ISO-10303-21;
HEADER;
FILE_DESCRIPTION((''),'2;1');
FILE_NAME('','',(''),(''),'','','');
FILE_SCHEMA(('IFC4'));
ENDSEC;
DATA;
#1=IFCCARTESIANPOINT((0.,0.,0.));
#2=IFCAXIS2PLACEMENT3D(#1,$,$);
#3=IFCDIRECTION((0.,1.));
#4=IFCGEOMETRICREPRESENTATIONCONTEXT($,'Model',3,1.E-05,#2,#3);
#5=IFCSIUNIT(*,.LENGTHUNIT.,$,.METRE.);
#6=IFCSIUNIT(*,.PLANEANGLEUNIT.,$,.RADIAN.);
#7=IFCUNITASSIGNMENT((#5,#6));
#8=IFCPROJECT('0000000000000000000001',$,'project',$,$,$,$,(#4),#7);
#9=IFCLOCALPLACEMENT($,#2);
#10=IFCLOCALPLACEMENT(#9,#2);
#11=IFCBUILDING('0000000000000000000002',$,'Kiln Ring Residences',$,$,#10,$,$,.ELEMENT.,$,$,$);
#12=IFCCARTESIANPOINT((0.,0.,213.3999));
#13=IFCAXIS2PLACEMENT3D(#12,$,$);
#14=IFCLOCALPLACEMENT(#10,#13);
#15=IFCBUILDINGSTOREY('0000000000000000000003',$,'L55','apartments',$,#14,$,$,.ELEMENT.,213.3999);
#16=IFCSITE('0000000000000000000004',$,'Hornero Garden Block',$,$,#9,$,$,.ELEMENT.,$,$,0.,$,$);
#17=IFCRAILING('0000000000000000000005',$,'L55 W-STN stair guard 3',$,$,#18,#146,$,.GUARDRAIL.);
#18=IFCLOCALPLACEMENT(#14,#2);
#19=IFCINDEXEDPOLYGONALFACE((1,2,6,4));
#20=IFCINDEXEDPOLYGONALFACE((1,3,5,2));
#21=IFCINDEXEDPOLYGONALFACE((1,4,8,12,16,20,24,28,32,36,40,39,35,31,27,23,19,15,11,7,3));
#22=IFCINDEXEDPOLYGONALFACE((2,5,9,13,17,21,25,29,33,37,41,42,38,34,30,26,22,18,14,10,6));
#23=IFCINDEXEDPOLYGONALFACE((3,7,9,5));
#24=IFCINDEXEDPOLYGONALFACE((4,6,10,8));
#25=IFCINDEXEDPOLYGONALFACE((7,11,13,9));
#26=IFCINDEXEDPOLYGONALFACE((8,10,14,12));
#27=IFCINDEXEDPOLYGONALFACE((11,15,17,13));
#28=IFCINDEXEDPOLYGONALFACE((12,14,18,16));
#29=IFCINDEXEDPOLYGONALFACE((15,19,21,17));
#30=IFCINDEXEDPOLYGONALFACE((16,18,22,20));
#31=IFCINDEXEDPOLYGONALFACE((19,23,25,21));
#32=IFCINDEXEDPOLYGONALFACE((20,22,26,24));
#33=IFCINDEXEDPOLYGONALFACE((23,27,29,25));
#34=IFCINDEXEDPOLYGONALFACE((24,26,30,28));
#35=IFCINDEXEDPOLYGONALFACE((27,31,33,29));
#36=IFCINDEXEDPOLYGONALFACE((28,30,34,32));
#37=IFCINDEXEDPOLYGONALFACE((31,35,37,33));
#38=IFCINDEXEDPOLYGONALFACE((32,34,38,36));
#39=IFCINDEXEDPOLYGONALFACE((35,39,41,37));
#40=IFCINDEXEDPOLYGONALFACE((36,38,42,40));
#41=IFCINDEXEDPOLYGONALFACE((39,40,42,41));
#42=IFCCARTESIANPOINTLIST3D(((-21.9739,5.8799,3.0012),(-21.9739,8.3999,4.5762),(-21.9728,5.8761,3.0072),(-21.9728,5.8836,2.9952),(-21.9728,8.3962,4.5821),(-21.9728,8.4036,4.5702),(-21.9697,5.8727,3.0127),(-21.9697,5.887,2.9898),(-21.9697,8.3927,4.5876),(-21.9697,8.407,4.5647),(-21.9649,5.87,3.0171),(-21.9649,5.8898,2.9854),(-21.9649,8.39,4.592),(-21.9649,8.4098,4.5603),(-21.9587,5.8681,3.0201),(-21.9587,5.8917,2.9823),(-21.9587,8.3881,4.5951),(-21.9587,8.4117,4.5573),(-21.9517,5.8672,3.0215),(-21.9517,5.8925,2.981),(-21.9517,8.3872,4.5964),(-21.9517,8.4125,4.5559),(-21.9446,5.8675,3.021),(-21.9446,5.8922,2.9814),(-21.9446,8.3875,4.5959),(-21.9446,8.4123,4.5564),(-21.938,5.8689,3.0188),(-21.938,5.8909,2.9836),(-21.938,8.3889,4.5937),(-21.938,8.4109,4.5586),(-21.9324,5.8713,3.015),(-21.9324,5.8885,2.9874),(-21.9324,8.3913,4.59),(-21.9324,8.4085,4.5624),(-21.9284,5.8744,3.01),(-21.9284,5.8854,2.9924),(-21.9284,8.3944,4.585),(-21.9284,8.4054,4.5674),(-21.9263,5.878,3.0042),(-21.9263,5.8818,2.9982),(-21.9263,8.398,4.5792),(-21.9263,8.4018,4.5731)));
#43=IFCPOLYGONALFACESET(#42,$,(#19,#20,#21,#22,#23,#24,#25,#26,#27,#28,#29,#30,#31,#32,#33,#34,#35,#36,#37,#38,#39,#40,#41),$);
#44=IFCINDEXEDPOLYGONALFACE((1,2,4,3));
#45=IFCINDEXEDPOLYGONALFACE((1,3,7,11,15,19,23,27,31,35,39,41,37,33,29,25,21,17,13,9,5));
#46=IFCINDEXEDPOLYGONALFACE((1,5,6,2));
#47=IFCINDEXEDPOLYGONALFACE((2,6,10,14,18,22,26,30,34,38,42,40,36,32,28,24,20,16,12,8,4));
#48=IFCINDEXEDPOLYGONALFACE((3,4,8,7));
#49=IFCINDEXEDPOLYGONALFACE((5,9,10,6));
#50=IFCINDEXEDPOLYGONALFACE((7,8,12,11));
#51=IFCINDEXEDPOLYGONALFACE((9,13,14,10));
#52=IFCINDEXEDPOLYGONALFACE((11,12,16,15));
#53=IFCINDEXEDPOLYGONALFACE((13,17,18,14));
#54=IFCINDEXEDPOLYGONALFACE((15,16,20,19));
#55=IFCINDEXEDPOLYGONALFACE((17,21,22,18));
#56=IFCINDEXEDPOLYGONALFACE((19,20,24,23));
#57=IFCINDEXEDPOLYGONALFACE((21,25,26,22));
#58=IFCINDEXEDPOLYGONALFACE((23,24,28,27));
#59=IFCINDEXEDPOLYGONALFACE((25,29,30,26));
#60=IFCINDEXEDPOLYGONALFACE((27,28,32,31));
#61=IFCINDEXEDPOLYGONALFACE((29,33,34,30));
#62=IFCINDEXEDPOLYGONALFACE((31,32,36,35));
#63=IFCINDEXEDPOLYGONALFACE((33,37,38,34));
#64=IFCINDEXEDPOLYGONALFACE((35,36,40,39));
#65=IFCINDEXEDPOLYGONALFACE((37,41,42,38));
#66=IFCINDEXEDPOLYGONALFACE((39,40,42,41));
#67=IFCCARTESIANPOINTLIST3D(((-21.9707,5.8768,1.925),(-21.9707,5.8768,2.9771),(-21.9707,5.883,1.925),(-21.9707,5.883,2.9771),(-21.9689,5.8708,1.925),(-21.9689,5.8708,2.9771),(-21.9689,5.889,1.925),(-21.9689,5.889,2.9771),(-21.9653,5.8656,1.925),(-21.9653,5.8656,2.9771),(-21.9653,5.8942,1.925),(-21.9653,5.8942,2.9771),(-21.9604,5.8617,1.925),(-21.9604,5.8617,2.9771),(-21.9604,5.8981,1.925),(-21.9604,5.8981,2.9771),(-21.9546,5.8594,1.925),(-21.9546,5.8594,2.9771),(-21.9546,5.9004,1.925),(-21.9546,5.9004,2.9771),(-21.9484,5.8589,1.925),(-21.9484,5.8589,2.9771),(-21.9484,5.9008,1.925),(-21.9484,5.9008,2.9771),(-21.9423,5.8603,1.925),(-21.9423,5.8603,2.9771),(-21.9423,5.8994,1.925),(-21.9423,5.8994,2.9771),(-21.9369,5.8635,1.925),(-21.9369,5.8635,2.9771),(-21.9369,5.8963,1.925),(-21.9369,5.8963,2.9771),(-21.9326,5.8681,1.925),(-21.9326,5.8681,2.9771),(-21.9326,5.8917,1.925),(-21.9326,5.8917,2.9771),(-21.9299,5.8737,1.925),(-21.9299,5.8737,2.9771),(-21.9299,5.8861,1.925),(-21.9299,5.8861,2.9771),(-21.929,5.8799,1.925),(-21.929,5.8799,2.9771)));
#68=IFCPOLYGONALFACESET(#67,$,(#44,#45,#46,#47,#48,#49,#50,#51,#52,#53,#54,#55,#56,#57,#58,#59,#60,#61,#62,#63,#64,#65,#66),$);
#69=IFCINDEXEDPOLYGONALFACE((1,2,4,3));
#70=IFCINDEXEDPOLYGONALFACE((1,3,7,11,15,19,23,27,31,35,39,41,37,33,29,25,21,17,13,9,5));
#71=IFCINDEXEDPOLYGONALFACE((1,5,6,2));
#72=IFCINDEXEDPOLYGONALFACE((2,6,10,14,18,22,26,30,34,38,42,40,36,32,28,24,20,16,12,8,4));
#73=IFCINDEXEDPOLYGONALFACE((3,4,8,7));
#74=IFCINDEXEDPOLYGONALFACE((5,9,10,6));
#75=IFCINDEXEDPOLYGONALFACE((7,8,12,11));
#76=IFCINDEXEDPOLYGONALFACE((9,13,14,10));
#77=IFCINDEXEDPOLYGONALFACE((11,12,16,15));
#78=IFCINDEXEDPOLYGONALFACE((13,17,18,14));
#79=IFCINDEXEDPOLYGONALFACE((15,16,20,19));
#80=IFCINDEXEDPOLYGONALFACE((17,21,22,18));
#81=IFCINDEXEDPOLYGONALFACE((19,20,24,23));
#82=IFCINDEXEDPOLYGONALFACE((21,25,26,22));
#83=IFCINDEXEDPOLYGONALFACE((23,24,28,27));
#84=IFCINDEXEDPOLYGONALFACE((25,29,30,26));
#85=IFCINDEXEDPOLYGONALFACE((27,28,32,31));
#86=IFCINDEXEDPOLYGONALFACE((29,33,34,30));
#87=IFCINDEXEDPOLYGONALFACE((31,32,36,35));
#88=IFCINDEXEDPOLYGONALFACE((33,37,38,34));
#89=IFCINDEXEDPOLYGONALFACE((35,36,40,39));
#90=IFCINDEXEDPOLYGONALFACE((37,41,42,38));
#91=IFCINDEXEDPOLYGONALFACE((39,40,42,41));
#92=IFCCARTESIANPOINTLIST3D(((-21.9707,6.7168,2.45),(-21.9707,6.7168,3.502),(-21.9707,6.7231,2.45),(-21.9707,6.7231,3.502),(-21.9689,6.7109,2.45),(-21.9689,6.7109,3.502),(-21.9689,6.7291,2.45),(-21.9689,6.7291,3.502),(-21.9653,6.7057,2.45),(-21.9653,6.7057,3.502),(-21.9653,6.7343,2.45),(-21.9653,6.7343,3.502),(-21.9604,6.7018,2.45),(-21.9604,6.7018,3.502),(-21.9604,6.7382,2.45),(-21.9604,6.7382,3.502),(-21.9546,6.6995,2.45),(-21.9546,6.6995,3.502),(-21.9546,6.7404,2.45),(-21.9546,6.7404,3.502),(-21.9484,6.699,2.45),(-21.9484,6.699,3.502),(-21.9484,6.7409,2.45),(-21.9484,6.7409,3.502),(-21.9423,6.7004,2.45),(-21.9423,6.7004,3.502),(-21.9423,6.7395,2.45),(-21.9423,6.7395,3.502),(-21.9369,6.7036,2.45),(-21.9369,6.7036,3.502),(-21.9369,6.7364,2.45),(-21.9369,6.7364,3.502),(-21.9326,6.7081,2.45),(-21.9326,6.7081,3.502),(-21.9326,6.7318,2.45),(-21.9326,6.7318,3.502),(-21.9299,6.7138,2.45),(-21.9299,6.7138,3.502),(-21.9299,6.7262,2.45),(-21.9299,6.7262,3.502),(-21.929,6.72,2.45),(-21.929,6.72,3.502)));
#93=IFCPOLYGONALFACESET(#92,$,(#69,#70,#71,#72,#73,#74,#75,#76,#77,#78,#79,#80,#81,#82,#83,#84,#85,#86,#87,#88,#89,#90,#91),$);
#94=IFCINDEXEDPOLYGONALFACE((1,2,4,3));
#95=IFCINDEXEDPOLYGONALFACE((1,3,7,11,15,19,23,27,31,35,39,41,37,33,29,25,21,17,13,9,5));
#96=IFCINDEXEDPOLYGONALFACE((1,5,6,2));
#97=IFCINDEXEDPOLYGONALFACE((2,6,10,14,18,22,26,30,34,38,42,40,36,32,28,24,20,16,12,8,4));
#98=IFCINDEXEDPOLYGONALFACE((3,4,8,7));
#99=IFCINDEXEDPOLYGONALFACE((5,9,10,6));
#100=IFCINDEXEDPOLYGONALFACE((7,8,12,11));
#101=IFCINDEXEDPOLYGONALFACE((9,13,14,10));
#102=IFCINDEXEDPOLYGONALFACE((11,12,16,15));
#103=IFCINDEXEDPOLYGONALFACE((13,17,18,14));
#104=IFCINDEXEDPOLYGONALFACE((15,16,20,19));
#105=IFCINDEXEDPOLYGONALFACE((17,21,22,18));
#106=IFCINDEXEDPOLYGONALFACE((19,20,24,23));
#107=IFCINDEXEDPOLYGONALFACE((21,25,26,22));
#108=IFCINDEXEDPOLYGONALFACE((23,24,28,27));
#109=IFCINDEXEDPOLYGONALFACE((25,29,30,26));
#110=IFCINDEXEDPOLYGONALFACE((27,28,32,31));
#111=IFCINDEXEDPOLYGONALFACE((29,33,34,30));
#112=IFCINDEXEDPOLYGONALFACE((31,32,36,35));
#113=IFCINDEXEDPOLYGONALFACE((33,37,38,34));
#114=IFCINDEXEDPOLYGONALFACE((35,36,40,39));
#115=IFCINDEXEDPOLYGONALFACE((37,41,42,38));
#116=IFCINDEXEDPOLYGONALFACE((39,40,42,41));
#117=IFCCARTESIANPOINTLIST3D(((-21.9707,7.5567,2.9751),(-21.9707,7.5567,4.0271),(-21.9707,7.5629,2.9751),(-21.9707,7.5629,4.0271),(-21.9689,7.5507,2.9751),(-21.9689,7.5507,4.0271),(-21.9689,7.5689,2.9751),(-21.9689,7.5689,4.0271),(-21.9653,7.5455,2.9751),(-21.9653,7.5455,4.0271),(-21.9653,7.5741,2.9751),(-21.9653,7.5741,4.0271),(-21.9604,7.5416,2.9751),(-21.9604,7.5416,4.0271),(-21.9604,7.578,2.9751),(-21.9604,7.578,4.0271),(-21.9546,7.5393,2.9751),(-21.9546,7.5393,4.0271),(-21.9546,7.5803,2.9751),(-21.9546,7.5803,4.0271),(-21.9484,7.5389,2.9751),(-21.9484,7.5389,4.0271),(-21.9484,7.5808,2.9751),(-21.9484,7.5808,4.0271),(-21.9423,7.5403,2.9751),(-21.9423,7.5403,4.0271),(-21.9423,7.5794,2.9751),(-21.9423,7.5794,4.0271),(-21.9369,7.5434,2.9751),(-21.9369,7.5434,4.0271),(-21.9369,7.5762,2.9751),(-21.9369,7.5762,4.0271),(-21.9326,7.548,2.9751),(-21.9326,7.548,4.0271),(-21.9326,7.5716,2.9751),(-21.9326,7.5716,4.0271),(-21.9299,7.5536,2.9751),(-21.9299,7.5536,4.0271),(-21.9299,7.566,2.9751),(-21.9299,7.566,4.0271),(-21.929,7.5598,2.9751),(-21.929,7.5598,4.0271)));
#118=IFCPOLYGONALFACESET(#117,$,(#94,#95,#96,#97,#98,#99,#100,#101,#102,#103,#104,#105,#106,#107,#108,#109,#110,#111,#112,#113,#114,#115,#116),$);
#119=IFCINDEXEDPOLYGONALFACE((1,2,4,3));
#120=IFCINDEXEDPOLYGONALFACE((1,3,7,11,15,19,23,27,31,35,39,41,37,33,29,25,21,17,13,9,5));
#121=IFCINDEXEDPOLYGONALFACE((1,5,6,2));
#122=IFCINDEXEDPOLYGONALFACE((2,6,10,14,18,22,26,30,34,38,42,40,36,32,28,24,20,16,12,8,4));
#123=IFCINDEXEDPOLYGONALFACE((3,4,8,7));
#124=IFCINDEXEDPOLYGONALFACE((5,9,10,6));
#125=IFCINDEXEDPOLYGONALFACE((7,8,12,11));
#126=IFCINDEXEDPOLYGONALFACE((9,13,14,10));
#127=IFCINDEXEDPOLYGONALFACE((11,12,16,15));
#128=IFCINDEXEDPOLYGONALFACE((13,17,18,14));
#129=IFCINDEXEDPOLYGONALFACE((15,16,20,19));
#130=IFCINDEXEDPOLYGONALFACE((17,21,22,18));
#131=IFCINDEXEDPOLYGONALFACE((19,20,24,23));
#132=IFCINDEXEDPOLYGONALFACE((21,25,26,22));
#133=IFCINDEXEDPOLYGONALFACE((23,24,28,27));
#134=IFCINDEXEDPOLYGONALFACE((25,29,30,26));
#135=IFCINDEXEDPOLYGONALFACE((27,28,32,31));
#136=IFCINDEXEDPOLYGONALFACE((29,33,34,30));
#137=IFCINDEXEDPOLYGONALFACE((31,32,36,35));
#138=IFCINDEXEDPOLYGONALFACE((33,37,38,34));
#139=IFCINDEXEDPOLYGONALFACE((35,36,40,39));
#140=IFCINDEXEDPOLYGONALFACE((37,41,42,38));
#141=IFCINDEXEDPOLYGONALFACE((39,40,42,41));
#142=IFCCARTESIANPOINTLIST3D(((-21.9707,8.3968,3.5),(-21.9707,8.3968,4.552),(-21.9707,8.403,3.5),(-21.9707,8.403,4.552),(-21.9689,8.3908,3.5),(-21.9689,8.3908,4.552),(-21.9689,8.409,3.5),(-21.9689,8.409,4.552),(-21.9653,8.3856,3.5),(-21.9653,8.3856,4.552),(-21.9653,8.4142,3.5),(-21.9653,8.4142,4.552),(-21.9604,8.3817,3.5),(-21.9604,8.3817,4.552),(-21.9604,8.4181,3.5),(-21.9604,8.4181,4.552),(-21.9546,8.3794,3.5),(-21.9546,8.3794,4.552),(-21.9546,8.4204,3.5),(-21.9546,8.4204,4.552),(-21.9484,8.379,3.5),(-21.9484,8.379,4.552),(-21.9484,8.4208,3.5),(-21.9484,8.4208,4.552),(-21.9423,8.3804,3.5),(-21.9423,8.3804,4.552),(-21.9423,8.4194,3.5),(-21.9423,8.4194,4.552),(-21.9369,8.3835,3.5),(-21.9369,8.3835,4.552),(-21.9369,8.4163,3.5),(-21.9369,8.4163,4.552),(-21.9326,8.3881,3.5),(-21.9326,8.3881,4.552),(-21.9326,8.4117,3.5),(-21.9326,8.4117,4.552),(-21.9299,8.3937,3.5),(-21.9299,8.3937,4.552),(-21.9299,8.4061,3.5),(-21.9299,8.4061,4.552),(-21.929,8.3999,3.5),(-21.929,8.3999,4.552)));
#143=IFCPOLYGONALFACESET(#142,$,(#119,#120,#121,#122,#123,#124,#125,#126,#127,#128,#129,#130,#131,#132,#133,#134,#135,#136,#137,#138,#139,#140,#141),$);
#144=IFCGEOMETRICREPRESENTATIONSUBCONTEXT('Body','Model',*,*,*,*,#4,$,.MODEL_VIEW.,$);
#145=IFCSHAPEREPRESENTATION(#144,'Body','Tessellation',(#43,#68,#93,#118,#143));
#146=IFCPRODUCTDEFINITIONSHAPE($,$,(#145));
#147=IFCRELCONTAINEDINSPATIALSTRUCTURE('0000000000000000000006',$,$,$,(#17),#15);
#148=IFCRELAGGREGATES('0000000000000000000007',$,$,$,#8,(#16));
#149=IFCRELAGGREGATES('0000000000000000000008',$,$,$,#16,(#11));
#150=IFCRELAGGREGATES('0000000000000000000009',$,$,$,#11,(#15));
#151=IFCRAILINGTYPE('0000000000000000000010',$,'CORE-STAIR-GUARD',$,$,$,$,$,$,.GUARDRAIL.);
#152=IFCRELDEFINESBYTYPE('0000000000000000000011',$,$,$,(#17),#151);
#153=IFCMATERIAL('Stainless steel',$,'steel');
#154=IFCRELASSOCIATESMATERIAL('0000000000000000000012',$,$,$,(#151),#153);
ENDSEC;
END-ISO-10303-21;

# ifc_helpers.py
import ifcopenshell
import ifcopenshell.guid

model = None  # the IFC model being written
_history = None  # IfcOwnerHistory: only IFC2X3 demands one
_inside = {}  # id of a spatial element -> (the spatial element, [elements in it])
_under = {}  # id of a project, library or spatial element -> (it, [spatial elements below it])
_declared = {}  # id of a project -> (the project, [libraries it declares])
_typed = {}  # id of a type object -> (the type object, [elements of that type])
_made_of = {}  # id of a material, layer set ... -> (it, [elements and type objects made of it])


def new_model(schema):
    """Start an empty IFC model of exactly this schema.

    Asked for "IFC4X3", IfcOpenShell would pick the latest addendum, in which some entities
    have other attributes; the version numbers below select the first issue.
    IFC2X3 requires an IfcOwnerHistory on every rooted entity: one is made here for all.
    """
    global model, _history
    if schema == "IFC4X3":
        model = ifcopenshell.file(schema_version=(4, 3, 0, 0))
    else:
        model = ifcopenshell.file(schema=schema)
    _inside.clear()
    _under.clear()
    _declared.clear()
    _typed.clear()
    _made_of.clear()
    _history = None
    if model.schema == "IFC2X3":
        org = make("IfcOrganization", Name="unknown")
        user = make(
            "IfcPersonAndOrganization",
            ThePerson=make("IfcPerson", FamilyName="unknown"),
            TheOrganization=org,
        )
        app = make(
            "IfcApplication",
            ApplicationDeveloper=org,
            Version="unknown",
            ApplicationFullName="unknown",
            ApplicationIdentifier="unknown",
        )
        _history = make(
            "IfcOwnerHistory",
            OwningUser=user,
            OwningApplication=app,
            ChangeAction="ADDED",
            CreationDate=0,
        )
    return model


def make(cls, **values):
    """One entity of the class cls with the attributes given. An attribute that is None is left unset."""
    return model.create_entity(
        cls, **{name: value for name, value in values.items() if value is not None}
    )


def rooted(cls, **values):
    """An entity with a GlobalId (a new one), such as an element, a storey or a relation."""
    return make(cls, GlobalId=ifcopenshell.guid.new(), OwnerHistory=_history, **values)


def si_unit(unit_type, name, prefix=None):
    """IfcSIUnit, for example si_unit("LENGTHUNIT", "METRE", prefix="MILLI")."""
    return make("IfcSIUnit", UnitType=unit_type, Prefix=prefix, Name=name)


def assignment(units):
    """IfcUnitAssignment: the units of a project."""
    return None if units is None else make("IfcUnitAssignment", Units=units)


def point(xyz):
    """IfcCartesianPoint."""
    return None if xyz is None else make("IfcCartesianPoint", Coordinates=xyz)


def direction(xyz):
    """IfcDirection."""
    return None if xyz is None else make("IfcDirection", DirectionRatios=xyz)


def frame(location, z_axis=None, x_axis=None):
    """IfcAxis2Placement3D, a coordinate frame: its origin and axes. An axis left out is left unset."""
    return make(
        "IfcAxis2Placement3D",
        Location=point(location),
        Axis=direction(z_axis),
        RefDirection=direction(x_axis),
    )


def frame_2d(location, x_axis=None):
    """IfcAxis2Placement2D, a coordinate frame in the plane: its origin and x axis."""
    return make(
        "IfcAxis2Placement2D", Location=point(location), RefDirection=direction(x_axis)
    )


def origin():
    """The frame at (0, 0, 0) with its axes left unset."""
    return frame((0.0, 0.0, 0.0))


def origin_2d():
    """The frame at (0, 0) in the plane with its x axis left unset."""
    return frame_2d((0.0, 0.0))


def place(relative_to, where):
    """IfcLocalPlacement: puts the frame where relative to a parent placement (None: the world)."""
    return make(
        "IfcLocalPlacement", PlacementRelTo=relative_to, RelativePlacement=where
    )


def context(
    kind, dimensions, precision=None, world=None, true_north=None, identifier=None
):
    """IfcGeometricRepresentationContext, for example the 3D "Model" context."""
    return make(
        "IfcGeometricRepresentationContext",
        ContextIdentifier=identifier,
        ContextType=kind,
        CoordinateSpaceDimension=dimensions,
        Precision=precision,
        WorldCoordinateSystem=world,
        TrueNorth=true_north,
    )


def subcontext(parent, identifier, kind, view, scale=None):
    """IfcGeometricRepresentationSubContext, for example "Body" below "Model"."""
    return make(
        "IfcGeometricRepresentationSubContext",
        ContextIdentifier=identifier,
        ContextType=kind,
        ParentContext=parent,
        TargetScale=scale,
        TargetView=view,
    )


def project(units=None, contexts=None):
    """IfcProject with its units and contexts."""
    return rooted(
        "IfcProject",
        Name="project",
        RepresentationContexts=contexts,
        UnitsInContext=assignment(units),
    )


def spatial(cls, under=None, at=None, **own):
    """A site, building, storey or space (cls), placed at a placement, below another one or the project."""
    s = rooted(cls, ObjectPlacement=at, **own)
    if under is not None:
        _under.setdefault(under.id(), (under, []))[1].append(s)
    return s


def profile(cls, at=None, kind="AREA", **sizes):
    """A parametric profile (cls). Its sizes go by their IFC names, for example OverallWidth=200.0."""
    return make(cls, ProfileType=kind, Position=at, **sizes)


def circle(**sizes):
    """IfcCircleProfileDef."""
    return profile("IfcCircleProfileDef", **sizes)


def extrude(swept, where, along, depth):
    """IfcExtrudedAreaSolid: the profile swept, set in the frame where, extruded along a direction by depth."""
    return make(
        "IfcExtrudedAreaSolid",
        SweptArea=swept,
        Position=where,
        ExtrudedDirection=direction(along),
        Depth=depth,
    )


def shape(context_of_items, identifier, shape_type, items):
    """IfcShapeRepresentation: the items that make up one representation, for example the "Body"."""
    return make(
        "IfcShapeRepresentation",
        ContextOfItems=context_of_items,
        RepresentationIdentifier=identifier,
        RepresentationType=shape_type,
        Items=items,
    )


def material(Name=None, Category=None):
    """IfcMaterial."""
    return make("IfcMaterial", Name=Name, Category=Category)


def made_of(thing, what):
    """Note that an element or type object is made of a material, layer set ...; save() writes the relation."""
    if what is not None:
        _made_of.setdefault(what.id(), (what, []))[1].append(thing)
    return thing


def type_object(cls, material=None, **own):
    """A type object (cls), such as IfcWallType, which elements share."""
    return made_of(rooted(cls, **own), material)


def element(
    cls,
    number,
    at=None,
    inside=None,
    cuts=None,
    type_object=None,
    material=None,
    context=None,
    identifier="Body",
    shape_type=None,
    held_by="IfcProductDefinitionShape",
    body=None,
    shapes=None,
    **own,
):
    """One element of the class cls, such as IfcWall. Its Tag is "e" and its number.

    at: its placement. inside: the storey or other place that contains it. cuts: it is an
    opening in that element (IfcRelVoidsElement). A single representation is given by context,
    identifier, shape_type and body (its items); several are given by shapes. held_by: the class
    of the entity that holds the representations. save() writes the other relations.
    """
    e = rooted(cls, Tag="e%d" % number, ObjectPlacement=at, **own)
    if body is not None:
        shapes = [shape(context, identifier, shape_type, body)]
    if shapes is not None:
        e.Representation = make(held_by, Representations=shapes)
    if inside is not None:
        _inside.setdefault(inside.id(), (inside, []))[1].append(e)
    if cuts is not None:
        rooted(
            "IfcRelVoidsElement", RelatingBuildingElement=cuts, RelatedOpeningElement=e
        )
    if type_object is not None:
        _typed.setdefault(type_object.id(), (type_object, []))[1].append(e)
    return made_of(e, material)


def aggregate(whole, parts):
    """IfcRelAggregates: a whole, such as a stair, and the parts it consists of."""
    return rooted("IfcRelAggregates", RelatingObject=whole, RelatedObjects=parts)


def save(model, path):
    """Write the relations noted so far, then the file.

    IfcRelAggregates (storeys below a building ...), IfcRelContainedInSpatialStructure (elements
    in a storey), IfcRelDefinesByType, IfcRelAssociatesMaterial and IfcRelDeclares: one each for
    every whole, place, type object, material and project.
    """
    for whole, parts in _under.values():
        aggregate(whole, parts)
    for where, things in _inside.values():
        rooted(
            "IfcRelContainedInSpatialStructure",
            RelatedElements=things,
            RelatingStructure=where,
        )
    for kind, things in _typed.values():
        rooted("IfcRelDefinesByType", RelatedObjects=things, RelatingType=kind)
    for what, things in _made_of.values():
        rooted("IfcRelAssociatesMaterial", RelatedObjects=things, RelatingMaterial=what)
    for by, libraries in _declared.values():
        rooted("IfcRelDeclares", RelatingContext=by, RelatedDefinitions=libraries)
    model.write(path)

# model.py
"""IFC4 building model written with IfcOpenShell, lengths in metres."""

from ifc_helpers import new_model, si_unit, direction, frame, origin, origin_2d, place, context, subcontext, project, spatial, circle, extrude, material, type_object, element, save


model = new_model("IFC4")

# Units and contexts
model_context = context("Model", 3, precision=1e-05, world=origin(), true_north=direction((0.0, 1.0)))
body_context = subcontext(model_context, "Body", "Model", "MODEL_VIEW")
ifc_project = project(units=[si_unit("LENGTHUNIT", "METRE"), si_unit("PLANEANGLEUNIT", "RADIAN")], contexts=[model_context])

# Site, building, storey
site_placement = place(None, origin())
site = spatial("IfcSite", under=ifc_project, at=site_placement, Name="Hornero Garden Block", CompositionType="ELEMENT", RefElevation=0.0)
building_placement = place(site_placement, origin())
building = spatial("IfcBuilding", under=site, at=building_placement, Name="Kiln Ring Residences", CompositionType="ELEMENT")
storey_placement = place(building_placement, frame((0.0, 0.0, 213.3999)))
storey = spatial("IfcBuildingStorey", under=building, at=storey_placement, Name="L55", Description="apartments", CompositionType="ELEMENT", Elevation=213.3999)

# Railing
ifc_material_1 = material(Name="Stainless steel", Category="steel")
railing_type_1 = type_object("IfcRailingType", Name="CORE-STAIR-GUARD", PredefinedType="GUARDRAIL", material=ifc_material_1)
railing_1_placement = place(storey_placement, frame((-21.95, 5.8799, 1.925)))
element("IfcRailing", 1, at=railing_1_placement, inside=storey, type_object=railing_type_1, Name="L55 W-STN stair guard 3", PredefinedType="GUARDRAIL", context=body_context, shape_type="SweptSolid", body=[
    extrude(circle(Radius=0.0239, at=origin_2d()), frame((0.0, 0.0, 1.0762), z_axis=(0.0, 0.848008, 0.529984), x_axis=(-1.0, 0.0, 0.0)), (0.0, 0.0, 1.0), 2.9717),
    extrude(circle(Radius=0.021, at=origin_2d()), origin(), (0.0, 0.0, 1.0), 1.052),
    extrude(circle(Radius=0.021, at=origin_2d()), frame((0.0, 0.8401, 0.5249)), (0.0, 0.0, 1.0), 1.052),
    extrude(circle(Radius=0.021, at=origin_2d()), frame((0.0, 1.6799, 1.05)), (0.0, 0.0, 1.0), 1.052),
    extrude(circle(Radius=0.021, at=origin_2d()), frame((0.0, 2.52, 1.575)), (0.0, 0.0, 1.0), 1.052),
])

save(model, "model.ifc")
